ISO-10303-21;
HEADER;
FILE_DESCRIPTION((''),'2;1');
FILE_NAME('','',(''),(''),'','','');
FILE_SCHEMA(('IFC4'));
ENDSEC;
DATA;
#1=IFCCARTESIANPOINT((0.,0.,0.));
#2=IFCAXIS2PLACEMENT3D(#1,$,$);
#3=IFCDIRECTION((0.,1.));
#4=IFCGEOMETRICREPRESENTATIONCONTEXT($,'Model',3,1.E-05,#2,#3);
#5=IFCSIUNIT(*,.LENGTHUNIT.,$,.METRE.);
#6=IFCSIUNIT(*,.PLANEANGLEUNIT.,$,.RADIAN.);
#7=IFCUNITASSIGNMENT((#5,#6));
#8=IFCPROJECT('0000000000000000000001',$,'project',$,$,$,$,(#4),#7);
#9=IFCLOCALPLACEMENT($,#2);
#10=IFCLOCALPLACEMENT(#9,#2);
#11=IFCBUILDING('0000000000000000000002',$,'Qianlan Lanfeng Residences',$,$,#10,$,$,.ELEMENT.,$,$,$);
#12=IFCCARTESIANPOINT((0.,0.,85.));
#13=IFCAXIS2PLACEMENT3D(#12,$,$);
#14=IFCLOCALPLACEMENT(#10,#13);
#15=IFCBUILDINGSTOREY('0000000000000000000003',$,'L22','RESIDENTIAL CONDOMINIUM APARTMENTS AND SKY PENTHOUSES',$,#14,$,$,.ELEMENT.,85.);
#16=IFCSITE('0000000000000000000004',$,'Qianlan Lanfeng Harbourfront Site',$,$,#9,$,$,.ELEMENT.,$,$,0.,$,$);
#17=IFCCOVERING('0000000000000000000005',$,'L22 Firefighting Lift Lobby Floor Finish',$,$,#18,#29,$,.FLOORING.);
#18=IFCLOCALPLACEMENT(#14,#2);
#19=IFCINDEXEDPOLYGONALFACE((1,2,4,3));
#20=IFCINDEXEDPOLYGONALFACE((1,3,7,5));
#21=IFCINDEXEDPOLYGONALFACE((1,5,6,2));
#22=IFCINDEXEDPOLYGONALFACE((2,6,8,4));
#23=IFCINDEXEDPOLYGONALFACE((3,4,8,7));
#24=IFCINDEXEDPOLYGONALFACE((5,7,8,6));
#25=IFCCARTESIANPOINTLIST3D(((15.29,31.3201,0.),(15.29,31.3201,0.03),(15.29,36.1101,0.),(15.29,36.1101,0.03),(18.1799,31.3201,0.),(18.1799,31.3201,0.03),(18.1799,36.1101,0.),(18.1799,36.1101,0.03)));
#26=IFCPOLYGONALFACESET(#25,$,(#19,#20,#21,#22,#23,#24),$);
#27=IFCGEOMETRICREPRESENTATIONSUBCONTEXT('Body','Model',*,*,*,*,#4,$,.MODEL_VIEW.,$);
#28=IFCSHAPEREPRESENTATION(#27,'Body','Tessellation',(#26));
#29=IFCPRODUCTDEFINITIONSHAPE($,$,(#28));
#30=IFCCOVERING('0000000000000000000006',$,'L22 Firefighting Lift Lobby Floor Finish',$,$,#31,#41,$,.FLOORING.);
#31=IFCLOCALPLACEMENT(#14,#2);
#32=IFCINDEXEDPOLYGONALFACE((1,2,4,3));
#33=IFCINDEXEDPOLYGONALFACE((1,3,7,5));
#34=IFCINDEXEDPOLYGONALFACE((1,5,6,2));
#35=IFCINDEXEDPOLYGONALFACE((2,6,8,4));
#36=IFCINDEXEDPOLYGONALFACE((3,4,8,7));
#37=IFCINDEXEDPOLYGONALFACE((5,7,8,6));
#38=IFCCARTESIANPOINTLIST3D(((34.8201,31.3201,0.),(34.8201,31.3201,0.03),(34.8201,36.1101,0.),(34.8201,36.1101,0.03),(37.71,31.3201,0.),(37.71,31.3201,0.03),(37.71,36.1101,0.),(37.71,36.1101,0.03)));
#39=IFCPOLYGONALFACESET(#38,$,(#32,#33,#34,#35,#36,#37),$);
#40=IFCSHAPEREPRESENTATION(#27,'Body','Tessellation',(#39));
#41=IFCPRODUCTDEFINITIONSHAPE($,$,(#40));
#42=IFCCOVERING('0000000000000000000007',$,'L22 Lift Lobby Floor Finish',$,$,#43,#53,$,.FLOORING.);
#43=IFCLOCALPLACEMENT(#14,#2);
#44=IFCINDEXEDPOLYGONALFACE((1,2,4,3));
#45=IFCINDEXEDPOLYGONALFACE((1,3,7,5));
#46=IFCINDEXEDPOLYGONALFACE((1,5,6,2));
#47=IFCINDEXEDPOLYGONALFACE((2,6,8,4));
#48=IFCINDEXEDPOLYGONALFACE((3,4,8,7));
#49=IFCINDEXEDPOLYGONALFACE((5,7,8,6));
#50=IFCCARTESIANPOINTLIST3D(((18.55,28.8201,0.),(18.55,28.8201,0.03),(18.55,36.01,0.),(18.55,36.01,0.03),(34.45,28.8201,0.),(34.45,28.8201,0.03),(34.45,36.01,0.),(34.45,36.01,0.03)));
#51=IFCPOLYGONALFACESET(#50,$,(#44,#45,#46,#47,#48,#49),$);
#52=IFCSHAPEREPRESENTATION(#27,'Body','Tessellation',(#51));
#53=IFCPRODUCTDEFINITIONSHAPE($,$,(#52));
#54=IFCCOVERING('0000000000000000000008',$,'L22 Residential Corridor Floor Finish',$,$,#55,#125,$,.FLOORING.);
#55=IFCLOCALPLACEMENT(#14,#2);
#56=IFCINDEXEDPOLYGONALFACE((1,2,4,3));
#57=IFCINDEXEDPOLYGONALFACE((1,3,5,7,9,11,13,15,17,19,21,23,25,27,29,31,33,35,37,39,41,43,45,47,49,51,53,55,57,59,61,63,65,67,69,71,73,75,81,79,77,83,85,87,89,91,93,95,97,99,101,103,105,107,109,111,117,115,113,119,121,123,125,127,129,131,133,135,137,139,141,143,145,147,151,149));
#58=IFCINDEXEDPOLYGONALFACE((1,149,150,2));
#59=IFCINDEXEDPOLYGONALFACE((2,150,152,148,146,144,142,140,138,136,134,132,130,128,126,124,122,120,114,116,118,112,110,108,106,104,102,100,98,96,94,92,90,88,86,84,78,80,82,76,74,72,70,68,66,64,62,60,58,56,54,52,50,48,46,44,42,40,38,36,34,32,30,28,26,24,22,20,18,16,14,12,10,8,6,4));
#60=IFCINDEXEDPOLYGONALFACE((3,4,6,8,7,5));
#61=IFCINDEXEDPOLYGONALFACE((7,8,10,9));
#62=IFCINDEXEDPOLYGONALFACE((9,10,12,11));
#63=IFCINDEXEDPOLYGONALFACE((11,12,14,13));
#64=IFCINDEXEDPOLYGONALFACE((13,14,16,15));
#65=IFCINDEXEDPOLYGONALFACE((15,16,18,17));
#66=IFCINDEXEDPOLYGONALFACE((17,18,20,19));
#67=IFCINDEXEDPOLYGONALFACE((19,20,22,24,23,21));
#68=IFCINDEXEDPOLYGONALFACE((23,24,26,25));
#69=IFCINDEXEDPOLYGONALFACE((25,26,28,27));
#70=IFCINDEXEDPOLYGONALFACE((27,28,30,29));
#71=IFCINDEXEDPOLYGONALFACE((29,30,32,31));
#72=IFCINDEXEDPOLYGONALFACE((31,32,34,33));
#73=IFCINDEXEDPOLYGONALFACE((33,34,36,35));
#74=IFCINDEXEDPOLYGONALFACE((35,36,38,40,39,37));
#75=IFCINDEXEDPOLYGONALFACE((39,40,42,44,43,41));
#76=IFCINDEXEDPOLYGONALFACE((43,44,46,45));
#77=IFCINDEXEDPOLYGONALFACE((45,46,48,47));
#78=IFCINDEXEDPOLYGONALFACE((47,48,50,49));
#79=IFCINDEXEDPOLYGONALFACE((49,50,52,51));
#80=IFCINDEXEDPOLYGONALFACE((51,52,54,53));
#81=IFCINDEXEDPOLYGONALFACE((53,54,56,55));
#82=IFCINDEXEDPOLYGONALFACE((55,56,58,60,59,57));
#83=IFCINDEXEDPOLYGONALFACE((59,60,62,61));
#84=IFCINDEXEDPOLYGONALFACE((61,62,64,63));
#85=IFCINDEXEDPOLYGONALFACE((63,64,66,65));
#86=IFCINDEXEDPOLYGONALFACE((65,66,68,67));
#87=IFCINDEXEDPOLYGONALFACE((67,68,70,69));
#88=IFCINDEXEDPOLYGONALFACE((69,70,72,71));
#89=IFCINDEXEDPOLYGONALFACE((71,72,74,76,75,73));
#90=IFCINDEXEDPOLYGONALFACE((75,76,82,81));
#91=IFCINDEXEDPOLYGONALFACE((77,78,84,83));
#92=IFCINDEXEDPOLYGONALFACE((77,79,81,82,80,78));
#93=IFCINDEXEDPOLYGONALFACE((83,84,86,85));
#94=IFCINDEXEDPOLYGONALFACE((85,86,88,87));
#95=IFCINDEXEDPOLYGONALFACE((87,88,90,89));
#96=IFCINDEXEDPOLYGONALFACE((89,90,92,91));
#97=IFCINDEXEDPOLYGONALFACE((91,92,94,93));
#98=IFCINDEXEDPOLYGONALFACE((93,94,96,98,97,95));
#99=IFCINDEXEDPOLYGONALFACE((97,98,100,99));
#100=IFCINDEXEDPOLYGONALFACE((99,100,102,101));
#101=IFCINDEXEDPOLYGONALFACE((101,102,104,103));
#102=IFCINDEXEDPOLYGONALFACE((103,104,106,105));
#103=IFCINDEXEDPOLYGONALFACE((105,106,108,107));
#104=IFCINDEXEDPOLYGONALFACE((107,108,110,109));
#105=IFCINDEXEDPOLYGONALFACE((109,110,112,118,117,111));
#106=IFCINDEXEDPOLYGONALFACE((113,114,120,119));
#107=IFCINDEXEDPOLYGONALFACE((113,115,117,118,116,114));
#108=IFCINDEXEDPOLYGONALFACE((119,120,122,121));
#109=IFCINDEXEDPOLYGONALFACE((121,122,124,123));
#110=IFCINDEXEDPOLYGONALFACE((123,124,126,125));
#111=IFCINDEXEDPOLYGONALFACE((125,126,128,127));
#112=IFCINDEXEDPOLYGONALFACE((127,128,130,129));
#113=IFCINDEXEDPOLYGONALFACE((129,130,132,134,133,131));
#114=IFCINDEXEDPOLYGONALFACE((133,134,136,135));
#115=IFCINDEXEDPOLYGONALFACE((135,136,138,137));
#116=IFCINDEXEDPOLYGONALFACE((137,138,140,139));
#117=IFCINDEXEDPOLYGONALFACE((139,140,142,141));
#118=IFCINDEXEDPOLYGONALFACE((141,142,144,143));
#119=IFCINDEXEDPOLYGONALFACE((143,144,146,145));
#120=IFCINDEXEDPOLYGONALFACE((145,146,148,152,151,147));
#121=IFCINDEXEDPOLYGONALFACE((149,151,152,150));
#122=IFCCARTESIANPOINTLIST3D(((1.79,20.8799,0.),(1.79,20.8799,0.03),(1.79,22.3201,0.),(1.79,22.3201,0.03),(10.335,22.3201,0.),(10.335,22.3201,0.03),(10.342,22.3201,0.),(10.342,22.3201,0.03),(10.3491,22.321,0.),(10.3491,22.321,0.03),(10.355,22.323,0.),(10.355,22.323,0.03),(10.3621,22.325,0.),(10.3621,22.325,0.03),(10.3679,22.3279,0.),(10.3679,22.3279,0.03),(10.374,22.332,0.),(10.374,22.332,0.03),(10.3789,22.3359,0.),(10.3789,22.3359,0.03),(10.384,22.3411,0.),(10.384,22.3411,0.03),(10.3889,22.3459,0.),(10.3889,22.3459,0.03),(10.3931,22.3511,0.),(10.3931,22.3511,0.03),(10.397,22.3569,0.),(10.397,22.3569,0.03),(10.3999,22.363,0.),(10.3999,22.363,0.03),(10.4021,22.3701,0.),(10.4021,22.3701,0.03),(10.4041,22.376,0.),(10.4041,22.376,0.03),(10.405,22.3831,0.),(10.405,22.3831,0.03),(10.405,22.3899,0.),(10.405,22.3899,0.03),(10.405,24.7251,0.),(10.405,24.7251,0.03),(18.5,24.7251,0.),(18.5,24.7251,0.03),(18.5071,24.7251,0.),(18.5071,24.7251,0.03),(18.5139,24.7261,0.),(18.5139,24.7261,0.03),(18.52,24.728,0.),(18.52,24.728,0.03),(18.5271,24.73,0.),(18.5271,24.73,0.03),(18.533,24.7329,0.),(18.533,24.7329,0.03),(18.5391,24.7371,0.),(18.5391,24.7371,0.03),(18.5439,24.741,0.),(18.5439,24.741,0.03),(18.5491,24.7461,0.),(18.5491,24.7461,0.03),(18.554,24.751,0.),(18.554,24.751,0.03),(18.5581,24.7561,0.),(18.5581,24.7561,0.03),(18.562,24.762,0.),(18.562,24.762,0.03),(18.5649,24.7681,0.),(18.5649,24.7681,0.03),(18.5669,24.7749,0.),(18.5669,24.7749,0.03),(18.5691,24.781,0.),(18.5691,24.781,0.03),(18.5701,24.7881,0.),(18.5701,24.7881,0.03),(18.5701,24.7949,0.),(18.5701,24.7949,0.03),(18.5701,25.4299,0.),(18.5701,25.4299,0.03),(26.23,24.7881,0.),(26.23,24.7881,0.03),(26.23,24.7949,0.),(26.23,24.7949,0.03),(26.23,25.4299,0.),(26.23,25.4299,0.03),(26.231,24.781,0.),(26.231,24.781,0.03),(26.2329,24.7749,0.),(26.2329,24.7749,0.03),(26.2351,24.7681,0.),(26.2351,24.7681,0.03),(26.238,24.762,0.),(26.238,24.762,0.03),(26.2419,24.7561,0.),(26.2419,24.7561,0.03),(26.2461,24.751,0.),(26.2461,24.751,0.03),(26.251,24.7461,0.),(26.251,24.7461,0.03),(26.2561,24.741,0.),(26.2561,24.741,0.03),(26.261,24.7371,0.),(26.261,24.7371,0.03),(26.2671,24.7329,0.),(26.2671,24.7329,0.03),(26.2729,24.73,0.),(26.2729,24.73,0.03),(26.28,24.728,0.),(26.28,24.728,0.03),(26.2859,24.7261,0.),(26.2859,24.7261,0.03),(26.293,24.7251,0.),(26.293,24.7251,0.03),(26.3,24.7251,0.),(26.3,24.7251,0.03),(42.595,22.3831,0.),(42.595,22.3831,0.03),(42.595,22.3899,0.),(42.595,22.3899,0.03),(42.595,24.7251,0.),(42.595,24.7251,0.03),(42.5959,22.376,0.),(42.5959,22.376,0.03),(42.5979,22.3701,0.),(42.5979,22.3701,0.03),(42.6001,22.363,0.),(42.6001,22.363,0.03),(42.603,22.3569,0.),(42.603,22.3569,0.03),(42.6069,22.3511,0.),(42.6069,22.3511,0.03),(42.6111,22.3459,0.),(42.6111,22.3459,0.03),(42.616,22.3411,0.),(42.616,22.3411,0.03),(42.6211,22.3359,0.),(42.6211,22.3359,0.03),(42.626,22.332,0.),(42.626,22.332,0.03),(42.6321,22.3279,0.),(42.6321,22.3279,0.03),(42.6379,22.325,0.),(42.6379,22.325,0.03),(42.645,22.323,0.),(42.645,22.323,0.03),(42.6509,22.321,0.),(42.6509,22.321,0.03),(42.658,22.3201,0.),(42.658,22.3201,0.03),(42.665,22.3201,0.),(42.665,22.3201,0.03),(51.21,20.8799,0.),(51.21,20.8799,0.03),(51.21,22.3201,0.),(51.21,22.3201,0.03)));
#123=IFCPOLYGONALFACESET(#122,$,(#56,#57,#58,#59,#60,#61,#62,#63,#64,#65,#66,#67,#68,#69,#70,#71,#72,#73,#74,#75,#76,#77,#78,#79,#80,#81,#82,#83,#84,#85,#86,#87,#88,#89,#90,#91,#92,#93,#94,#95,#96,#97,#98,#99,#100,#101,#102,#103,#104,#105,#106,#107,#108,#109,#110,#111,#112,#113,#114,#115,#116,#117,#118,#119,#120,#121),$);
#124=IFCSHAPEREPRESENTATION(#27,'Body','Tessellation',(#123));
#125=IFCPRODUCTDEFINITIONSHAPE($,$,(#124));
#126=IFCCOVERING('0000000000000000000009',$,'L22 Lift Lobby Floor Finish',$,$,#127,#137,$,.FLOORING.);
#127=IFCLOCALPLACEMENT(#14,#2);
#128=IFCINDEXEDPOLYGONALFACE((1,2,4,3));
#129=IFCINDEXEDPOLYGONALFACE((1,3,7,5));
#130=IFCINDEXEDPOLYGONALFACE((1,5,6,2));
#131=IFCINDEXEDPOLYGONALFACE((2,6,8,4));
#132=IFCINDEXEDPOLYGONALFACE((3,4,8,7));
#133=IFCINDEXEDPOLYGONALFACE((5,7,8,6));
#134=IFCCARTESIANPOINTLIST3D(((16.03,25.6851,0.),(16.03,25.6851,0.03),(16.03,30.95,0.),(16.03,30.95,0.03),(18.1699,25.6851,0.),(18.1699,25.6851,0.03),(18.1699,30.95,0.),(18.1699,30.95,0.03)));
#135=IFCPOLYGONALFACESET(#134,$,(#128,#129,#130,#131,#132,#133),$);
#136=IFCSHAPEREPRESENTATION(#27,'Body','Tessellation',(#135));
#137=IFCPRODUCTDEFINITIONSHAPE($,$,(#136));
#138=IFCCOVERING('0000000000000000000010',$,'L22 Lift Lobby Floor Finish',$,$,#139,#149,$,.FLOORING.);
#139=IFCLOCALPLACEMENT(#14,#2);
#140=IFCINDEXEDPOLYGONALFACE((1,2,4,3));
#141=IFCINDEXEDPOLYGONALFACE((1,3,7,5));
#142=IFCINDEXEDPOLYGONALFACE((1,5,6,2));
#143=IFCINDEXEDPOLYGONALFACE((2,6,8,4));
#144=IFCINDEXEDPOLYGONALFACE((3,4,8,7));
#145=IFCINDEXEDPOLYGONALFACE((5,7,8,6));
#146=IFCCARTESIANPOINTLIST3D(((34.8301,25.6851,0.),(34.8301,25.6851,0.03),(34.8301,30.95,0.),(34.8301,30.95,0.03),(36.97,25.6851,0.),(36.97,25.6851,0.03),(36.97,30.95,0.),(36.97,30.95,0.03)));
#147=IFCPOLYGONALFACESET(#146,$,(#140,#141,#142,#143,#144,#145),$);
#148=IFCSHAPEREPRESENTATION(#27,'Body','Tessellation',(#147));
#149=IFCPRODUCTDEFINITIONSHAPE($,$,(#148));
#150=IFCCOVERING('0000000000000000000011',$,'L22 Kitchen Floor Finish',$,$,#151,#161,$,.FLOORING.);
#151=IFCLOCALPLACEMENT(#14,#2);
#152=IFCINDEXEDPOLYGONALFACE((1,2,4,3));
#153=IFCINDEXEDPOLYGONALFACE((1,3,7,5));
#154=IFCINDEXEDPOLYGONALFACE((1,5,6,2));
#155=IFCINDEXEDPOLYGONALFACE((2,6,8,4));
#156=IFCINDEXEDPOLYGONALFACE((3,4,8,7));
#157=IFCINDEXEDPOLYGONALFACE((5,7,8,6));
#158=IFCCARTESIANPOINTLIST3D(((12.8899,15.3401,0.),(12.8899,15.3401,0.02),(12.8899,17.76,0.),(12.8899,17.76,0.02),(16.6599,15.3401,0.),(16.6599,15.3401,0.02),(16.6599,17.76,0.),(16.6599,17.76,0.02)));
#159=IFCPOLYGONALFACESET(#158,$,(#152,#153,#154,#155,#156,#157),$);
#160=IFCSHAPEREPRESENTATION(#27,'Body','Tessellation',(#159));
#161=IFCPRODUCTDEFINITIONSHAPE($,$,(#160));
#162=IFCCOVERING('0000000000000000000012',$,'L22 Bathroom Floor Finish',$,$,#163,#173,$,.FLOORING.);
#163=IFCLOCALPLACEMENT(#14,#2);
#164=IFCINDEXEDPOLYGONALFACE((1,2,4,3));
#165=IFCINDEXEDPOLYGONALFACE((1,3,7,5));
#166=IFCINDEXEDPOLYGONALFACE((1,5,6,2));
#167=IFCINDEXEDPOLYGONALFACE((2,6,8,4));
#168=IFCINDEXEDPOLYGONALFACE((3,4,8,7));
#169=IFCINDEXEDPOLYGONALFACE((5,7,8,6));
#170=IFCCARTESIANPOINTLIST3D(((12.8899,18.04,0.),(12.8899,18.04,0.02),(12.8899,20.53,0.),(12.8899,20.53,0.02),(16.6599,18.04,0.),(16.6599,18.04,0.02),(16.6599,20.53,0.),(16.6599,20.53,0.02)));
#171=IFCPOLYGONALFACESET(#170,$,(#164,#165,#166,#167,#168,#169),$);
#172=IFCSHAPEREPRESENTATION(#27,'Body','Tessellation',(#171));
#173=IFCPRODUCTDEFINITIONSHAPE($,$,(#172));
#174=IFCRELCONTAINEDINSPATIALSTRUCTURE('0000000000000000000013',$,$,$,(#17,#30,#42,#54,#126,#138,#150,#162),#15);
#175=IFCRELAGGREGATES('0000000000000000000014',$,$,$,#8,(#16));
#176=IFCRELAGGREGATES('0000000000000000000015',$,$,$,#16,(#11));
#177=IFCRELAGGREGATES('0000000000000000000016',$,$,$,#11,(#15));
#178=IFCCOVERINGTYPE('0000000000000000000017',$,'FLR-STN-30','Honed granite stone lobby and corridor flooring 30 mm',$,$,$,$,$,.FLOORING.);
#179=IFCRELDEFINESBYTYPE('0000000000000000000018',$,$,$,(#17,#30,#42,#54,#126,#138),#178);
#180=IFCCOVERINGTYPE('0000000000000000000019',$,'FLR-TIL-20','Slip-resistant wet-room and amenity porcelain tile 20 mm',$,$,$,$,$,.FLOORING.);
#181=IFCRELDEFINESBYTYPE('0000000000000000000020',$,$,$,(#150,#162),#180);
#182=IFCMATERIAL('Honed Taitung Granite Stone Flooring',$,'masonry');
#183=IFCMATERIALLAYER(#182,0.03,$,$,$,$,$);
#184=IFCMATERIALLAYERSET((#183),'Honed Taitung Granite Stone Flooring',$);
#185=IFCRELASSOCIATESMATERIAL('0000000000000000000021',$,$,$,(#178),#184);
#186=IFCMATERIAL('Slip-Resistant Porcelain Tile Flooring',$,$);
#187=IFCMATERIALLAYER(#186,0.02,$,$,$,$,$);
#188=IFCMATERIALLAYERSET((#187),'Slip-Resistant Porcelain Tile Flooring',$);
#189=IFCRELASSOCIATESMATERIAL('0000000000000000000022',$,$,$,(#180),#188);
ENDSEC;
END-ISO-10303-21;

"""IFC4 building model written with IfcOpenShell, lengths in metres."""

from ifc_helpers import new_model, si_unit, direction, frame, origin, place, context, subcontext, project, spatial, polyline, outline, extrude, material, layer, layer_set, type_object, element, save


model = new_model("IFC4")

# Units and contexts
model_context = context("Model", 3, precision=1e-05, world=origin(), true_north=direction((0.0, 1.0)))
body_context = subcontext(model_context, "Body", "Model", "MODEL_VIEW")
ifc_project = project(units=[si_unit("LENGTHUNIT", "METRE"), si_unit("PLANEANGLEUNIT", "RADIAN")], contexts=[model_context])

# Site, building, storey
site_placement = place(None, origin())
site = spatial("IfcSite", under=ifc_project, at=site_placement, Name="Qianlan Lanfeng Harbourfront Site", CompositionType="ELEMENT", RefElevation=0.0)
building_placement = place(site_placement, origin())
building = spatial("IfcBuilding", under=site, at=building_placement, Name="Qianlan Lanfeng Residences", CompositionType="ELEMENT")
storey_placement = place(building_placement, frame((0.0, 0.0, 85.0)))
storey = spatial("IfcBuildingStorey", under=building, at=storey_placement, Name="L22", Description="RESIDENTIAL CONDOMINIUM APARTMENTS AND SKY PENTHOUSES", CompositionType="ELEMENT", Elevation=85.0)

# Coverings
ifc_material_1 = material(Name="Honed Taitung Granite Stone Flooring", Category="masonry")
ifc_layer_1 = layer(ifc_material_1, 0.03)
ifc_layer_set_1 = layer_set([ifc_layer_1], Name="Honed Taitung Granite Stone Flooring")
covering_type_1 = type_object("IfcCoveringType", Name="FLR-STN-30", Description="Honed granite stone lobby and corridor flooring 30 mm", PredefinedType="FLOORING", material=ifc_layer_set_1)
covering_1_placement = place(storey_placement, origin())
element("IfcCovering", 1, at=covering_1_placement, inside=storey, type_object=covering_type_1, Name="L22 Firefighting Lift Lobby Floor Finish", PredefinedType="FLOORING", context=body_context, shape_type="SweptSolid", body=[
    extrude(outline(polyline([(15.29, 31.3201), (18.1799, 31.3201), (18.1799, 36.1101), (15.29, 36.1101), (15.29, 31.3201)])), origin(), (0.0, 0.0, 1.0), 0.03),
])
covering_2_placement = place(storey_placement, origin())
element("IfcCovering", 2, at=covering_2_placement, inside=storey, type_object=covering_type_1, Name="L22 Firefighting Lift Lobby Floor Finish", PredefinedType="FLOORING", context=body_context, shape_type="SweptSolid", body=[
    extrude(outline(polyline([(34.8201, 31.3201), (37.71, 31.3201), (37.71, 36.1101), (34.8201, 36.1101), (34.8201, 31.3201)])), origin(), (0.0, 0.0, 1.0), 0.03),
])
covering_3_placement = place(storey_placement, origin())
element("IfcCovering", 3, at=covering_3_placement, inside=storey, type_object=covering_type_1, Name="L22 Lift Lobby Floor Finish", PredefinedType="FLOORING", context=body_context, shape_type="SweptSolid", body=[
    extrude(outline(polyline([(18.55, 28.8201), (34.45, 28.8201), (34.45, 36.01), (18.55, 36.01), (18.55, 28.8201)])), origin(), (0.0, 0.0, 1.0), 0.03),
])
covering_4_placement = place(storey_placement, origin())
element("IfcCovering", 4, at=covering_4_placement, inside=storey, type_object=covering_type_1, Name="L22 Residential Corridor Floor Finish", PredefinedType="FLOORING", context=body_context, shape_type="SweptSolid", body=[
    extrude(outline(polyline([(1.79, 20.8799), (51.21, 20.8799), (51.21, 22.3201), (42.665, 22.3201), (42.658, 22.3201), (42.6509, 22.321), (42.645, 22.323), (42.6379, 22.325), (42.6321, 22.3279), (42.626, 22.332), (42.6211, 22.3359), (42.616, 22.3411), (42.6111, 22.3459), (42.6069, 22.3511), (42.603, 22.3569), (42.6001, 22.363), (42.5979, 22.3701), (42.5959, 22.376), (42.595, 22.3831), (42.595, 22.3899), (42.595, 24.7251), (26.3, 24.7251), (26.293, 24.7251), (26.2859, 24.7261), (26.28, 24.728), (26.2729, 24.73), (26.2671, 24.7329), (26.261, 24.7371), (26.2561, 24.741), (26.251, 24.7461), (26.2461, 24.751), (26.2419, 24.7561), (26.238, 24.762), (26.2351, 24.7681), (26.2329, 24.7749), (26.231, 24.781), (26.23, 24.7881), (26.23, 24.7949), (26.23, 25.4299), (18.5701, 25.4299), (18.5701, 24.7949), (18.5701, 24.7881), (18.5691, 24.781), (18.5669, 24.7749), (18.5649, 24.7681), (18.562, 24.762), (18.5581, 24.7561), (18.554, 24.751), (18.5491, 24.7461), (18.5439, 24.741), (18.5391, 24.7371), (18.533, 24.7329), (18.5271, 24.73), (18.52, 24.728), (18.5139, 24.7261), (18.5071, 24.7251), (18.5, 24.7251), (10.405, 24.7251), (10.405, 22.3899), (10.405, 22.3831), (10.4041, 22.376), (10.4021, 22.3701), (10.3999, 22.363), (10.397, 22.3569), (10.3931, 22.3511), (10.3889, 22.3459), (10.384, 22.3411), (10.3789, 22.3359), (10.374, 22.332), (10.3679, 22.3279), (10.3621, 22.325), (10.355, 22.323), (10.3491, 22.321), (10.342, 22.3201), (10.335, 22.3201), (1.79, 22.3201), (1.79, 20.8799)])), origin(), (0.0, 0.0, 1.0), 0.03),
])
covering_5_placement = place(storey_placement, origin())
element("IfcCovering", 5, at=covering_5_placement, inside=storey, type_object=covering_type_1, Name="L22 Lift Lobby Floor Finish", PredefinedType="FLOORING", context=body_context, shape_type="SweptSolid", body=[
    extrude(outline(polyline([(16.03, 25.6851), (18.1699, 25.6851), (18.1699, 30.95), (16.03, 30.95), (16.03, 25.6851)])), origin(), (0.0, 0.0, 1.0), 0.03),
])
covering_6_placement = place(storey_placement, origin())
element("IfcCovering", 6, at=covering_6_placement, inside=storey, type_object=covering_type_1, Name="L22 Lift Lobby Floor Finish", PredefinedType="FLOORING", context=body_context, shape_type="SweptSolid", body=[
    extrude(outline(polyline([(34.8301, 25.6851), (36.97, 25.6851), (36.97, 30.95), (34.8301, 30.95), (34.8301, 25.6851)])), origin(), (0.0, 0.0, 1.0), 0.03),
])
ifc_material_2 = material(Name="Slip-Resistant Porcelain Tile Flooring")
ifc_layer_2 = layer(ifc_material_2, 0.02)
ifc_layer_set_2 = layer_set([ifc_layer_2], Name="Slip-Resistant Porcelain Tile Flooring")
covering_type_2 = type_object("IfcCoveringType", Name="FLR-TIL-20", Description="Slip-resistant wet-room and amenity porcelain tile 20 mm", PredefinedType="FLOORING", material=ifc_layer_set_2)
covering_7_placement = place(storey_placement, origin())
element("IfcCovering", 7, at=covering_7_placement, inside=storey, type_object=covering_type_2, Name="L22 Kitchen Floor Finish", PredefinedType="FLOORING", context=body_context, shape_type="SweptSolid", body=[
    extrude(outline(polyline([(12.8899, 15.3401), (16.6599, 15.3401), (16.6599, 17.76), (12.8899, 17.76), (12.8899, 15.3401)])), origin(), (0.0, 0.0, 1.0), 0.02),
])
covering_8_placement = place(storey_placement, origin())
element("IfcCovering", 8, at=covering_8_placement, inside=storey, type_object=covering_type_2, Name="L22 Bathroom Floor Finish", PredefinedType="FLOORING", context=body_context, shape_type="SweptSolid", body=[
    extrude(outline(polyline([(12.8899, 18.04), (16.6599, 18.04), (16.6599, 20.53), (12.8899, 20.53), (12.8899, 18.04)])), origin(), (0.0, 0.0, 1.0), 0.02),
])

save(model, "model.ifc")
